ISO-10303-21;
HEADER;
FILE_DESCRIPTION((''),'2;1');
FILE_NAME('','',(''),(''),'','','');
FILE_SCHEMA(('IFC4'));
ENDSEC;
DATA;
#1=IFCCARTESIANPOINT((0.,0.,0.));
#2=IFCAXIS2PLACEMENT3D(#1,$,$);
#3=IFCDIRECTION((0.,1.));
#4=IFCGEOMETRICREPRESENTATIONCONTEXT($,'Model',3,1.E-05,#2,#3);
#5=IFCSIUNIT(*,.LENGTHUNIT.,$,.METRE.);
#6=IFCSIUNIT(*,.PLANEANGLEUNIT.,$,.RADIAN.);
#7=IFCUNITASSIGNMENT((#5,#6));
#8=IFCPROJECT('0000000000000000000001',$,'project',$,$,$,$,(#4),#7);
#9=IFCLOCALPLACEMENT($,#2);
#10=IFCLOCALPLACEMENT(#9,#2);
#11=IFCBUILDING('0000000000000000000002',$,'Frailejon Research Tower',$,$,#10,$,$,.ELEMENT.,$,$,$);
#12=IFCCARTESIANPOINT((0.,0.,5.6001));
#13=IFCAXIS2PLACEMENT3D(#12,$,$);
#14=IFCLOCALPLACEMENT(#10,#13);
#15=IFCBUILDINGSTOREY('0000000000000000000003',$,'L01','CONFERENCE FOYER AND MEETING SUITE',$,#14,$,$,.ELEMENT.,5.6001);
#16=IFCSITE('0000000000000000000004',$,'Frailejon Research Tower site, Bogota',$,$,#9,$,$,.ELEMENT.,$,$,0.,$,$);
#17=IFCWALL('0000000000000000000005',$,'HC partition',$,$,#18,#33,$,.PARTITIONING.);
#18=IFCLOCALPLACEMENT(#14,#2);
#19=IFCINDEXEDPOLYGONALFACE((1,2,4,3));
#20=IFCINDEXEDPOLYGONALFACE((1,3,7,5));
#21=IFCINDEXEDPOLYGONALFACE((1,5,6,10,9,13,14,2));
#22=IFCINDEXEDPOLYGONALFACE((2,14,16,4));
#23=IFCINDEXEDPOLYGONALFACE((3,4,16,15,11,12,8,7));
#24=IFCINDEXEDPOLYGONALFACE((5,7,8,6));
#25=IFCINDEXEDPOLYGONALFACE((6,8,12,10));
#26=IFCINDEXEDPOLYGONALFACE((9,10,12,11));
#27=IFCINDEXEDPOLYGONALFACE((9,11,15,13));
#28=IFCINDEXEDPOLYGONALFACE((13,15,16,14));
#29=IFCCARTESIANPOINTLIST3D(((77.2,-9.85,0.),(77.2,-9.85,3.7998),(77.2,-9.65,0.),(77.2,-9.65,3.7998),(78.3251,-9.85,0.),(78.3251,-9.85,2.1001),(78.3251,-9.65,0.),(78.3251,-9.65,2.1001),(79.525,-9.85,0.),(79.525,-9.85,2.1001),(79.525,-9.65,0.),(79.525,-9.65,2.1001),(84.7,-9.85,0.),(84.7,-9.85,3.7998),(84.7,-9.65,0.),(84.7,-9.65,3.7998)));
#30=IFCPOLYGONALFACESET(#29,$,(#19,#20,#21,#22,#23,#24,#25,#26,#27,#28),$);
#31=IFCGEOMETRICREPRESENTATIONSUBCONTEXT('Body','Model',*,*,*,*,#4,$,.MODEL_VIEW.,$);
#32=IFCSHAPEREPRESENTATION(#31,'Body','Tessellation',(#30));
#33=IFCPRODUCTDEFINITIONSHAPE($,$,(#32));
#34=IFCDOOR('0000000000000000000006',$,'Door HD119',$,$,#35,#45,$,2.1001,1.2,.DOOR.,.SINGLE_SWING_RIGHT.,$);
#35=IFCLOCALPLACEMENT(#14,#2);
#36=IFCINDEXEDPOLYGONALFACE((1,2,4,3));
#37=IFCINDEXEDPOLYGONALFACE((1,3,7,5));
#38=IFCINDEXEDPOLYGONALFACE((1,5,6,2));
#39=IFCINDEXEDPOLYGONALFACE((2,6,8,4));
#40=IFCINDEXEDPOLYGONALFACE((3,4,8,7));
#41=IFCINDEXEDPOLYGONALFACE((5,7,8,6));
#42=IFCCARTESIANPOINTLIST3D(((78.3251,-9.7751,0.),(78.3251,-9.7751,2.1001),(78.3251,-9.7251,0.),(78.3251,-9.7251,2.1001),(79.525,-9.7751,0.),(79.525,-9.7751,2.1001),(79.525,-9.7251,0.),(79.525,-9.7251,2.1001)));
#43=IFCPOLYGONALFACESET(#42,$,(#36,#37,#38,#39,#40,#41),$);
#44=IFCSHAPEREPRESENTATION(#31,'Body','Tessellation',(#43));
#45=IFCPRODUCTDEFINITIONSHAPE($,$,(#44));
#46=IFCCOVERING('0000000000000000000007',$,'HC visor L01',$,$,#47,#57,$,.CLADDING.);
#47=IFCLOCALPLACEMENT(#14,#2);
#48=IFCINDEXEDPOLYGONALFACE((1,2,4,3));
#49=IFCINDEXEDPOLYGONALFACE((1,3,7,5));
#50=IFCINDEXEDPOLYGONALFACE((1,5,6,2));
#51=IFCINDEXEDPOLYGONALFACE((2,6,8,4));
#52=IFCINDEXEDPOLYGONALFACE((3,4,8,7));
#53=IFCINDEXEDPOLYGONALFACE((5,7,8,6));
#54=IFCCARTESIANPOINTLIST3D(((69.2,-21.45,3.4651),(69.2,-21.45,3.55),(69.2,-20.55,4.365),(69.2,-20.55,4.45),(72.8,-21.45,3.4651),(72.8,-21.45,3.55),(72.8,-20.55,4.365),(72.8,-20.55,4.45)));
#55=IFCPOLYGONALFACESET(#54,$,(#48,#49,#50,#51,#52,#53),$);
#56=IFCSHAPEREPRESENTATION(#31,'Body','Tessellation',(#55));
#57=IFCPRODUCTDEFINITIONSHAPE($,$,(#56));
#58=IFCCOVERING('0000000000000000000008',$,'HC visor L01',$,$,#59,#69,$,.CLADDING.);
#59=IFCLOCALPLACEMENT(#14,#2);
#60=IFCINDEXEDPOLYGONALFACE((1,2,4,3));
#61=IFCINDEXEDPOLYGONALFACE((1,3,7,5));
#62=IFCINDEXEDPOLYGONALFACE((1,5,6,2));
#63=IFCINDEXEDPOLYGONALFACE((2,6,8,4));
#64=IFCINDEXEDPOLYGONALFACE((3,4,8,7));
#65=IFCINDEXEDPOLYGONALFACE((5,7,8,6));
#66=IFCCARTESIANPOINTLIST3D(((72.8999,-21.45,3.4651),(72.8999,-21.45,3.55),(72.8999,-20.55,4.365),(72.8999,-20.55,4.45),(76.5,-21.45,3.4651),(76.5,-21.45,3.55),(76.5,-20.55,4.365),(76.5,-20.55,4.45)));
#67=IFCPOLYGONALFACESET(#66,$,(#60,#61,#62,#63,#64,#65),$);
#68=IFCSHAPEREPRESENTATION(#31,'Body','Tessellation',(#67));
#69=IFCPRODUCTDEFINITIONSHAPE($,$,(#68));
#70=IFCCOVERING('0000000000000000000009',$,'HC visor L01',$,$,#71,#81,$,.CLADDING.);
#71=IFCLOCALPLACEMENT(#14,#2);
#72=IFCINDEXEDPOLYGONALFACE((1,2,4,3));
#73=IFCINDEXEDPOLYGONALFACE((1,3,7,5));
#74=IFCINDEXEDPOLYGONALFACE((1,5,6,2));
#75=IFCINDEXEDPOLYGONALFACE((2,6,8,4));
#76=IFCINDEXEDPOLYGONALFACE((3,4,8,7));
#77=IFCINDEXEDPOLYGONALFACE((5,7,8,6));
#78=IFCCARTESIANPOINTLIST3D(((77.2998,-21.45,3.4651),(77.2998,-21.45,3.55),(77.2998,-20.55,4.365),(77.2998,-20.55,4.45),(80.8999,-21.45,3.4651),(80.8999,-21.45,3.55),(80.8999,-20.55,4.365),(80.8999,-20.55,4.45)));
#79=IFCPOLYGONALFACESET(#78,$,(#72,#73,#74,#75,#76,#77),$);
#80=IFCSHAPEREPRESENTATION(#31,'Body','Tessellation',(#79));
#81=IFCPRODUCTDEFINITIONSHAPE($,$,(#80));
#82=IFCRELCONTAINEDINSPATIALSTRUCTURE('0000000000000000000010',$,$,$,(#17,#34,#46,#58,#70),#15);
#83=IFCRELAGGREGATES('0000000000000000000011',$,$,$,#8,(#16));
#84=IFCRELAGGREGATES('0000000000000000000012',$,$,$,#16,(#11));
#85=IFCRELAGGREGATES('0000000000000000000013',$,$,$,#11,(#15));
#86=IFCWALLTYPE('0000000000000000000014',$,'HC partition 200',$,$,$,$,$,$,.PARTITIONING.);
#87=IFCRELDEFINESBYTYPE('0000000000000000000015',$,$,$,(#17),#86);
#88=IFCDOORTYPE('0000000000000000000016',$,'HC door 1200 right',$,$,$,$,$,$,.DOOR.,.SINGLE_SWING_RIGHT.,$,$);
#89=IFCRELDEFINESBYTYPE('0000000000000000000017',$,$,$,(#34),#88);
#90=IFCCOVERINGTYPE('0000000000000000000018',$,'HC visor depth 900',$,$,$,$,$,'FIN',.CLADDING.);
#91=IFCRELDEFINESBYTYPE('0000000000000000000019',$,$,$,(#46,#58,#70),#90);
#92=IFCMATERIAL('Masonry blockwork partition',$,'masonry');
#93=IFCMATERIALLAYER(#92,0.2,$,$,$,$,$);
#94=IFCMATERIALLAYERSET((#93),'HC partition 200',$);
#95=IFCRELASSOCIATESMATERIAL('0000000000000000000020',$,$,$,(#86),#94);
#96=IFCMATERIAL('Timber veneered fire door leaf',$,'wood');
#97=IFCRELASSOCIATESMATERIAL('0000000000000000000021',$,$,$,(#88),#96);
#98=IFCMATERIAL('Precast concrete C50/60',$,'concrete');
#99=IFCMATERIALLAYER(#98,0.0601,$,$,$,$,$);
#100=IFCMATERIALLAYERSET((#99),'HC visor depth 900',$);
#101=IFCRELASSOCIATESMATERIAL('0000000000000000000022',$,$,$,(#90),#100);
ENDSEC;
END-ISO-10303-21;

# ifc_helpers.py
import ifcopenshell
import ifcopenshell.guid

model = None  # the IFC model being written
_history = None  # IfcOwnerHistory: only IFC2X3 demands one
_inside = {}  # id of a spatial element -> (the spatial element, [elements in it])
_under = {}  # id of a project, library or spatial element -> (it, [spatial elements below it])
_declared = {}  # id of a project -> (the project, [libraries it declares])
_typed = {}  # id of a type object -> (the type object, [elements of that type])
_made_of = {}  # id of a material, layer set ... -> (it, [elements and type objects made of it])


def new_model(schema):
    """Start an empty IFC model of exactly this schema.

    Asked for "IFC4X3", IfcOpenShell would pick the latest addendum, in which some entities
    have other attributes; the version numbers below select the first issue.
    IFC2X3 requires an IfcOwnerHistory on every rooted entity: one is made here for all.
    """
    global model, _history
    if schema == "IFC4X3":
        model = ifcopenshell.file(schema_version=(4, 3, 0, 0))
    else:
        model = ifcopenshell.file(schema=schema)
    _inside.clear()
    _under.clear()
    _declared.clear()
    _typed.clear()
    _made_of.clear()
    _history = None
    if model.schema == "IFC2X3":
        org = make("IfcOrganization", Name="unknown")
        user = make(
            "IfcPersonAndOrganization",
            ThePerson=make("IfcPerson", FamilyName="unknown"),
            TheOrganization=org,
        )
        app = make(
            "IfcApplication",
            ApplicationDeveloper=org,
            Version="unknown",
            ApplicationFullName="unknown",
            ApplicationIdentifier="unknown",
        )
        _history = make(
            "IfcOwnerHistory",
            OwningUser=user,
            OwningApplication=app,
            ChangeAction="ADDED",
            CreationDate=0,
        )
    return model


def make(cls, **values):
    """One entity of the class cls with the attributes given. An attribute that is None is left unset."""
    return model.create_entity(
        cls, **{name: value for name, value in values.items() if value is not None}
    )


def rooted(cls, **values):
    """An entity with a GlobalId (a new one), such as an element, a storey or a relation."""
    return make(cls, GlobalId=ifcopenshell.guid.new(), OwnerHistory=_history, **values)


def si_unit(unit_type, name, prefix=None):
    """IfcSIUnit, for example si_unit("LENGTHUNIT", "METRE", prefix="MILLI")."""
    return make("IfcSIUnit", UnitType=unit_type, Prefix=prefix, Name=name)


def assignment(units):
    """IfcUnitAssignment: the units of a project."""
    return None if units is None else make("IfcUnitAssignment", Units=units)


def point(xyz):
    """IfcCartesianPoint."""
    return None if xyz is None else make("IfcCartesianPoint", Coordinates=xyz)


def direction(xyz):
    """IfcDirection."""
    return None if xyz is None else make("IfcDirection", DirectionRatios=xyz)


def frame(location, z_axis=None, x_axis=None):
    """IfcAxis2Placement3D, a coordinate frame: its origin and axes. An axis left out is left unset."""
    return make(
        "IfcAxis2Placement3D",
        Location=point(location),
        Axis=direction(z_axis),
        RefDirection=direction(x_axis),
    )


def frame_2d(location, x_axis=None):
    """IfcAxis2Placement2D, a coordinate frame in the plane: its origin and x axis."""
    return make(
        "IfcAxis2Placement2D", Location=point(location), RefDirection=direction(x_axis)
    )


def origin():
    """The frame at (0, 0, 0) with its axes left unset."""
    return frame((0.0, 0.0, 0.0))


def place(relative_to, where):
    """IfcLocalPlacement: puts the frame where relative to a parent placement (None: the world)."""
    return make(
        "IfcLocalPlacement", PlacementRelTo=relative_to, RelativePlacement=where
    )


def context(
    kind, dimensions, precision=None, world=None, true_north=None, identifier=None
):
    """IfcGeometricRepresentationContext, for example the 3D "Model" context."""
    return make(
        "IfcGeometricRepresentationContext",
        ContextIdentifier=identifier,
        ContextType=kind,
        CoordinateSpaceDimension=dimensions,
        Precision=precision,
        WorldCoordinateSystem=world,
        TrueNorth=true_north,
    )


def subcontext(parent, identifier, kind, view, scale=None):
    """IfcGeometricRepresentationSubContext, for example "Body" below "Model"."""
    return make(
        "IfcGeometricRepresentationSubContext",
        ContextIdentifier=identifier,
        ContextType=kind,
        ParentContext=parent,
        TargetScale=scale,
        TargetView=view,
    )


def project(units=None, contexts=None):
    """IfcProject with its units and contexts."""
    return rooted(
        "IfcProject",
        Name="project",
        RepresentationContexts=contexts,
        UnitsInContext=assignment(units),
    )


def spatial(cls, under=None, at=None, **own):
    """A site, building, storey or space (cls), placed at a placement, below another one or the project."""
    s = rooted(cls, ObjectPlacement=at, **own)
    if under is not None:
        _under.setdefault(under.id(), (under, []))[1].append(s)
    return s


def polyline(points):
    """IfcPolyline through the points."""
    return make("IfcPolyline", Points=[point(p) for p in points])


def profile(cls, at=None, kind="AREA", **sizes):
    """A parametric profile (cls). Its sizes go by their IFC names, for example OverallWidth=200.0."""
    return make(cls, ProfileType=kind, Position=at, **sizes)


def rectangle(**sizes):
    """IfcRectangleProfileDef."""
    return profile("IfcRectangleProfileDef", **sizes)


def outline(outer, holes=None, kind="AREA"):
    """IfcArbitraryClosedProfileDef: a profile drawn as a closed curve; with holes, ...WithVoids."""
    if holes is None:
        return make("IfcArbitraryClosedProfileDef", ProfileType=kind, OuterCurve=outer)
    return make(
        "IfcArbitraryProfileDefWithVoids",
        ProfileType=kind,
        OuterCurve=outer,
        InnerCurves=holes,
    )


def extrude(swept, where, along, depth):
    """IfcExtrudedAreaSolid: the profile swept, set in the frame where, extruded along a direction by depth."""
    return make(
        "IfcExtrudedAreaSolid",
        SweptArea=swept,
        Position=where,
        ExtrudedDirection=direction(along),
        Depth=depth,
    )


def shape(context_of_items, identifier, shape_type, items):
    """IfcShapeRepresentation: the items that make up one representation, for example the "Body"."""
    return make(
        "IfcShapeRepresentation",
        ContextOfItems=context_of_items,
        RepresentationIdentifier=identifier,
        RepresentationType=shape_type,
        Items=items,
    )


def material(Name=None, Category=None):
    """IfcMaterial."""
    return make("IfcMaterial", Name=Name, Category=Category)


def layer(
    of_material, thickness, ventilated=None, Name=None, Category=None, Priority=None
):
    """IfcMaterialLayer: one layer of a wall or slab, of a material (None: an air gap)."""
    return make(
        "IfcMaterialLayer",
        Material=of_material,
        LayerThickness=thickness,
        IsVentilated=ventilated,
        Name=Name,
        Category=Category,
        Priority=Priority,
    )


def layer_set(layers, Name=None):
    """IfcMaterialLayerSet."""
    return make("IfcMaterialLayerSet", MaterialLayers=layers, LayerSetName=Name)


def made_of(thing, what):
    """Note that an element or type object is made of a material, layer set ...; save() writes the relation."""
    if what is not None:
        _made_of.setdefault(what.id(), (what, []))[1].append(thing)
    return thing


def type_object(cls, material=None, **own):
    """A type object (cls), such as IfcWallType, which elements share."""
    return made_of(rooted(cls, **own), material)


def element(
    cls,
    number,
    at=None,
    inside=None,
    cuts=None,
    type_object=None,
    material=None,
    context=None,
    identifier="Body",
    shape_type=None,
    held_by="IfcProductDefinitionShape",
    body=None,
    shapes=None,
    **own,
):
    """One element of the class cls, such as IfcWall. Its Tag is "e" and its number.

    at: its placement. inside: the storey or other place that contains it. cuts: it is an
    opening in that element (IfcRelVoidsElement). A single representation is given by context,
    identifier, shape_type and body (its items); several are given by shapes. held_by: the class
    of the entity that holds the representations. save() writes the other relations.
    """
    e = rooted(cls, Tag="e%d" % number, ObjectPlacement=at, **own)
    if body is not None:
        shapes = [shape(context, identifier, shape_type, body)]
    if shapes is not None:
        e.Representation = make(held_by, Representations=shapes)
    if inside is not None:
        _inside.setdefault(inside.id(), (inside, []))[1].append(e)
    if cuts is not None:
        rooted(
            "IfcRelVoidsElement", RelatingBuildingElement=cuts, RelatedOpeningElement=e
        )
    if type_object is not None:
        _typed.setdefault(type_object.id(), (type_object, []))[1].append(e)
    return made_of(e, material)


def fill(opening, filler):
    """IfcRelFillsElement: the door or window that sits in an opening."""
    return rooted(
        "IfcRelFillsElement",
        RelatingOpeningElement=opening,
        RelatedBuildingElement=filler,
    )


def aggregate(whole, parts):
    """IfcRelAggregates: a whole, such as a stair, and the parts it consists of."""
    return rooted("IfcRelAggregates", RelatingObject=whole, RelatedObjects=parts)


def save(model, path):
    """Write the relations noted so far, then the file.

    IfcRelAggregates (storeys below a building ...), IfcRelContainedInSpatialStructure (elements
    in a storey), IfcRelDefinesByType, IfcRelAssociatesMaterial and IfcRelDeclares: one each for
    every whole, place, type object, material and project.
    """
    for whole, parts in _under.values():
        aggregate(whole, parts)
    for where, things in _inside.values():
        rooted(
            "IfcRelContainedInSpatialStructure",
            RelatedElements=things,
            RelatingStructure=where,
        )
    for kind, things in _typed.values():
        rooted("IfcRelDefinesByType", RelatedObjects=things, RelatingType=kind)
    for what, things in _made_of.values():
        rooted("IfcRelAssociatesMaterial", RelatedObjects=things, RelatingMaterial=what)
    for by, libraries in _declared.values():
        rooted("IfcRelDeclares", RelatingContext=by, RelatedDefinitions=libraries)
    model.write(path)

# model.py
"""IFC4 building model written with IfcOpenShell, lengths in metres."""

from ifc_helpers import new_model, si_unit, direction, frame, frame_2d, origin, place, context, subcontext, project, spatial, polyline, rectangle, outline, extrude, material, layer, layer_set, type_object, element, fill, save


model = new_model("IFC4")

# Units and contexts
model_context = context("Model", 3, precision=1e-05, world=origin(), true_north=direction((0.0, 1.0)))
body_context = subcontext(model_context, "Body", "Model", "MODEL_VIEW")
ifc_project = project(units=[si_unit("LENGTHUNIT", "METRE"), si_unit("PLANEANGLEUNIT", "RADIAN")], contexts=[model_context])

# Site, building, storey
site_placement = place(None, origin())
site = spatial("IfcSite", under=ifc_project, at=site_placement, Name="Frailejon Research Tower site, Bogota", CompositionType="ELEMENT", RefElevation=0.0)
building_placement = place(site_placement, origin())
building = spatial("IfcBuilding", under=site, at=building_placement, Name="Frailejon Research Tower", CompositionType="ELEMENT")
storey_placement = place(building_placement, frame((0.0, 0.0, 5.6001)))
storey = spatial("IfcBuildingStorey", under=building, at=storey_placement, Name="L01", Description="CONFERENCE FOYER AND MEETING SUITE", CompositionType="ELEMENT", Elevation=5.6001)

# Shared definitions
ifc_material_1 = material(Name="Masonry blockwork partition", Category="masonry")
ifc_layer_1 = layer(ifc_material_1, 0.2)
ifc_layer_set_1 = layer_set([ifc_layer_1], Name="HC partition 200")
wall_type_1 = type_object("IfcWallType", Name="HC partition 200", PredefinedType="PARTITIONING", material=ifc_layer_set_1)

# Wall, opening, door
wall_1_placement = place(storey_placement, frame((77.2, -9.75, 0.0), z_axis=(0.0, 0.0, 1.0), x_axis=(1.0, 0.0, 0.0)))
wall_1 = element("IfcWall", 1, at=wall_1_placement, inside=storey, type_object=wall_type_1, Name="HC partition", PredefinedType="PARTITIONING", context=body_context, shape_type="SweptSolid", body=[
    extrude(rectangle(XDim=7.5, YDim=0.2, at=frame_2d((3.75, 0.0))), origin(), (0.0, 0.0, 1.0), 3.7998),
])
opening_1_placement = place(wall_1_placement, frame((1.125, 0.0, 0.0)))
opening_1 = element("IfcOpeningElement", 2, at=opening_1_placement, cuts=wall_1, PredefinedType="OPENING", context=body_context, shape_type="SweptSolid", body=[
    extrude(rectangle(XDim=1.2, YDim=2.1001, at=frame_2d((0.6001, 1.05))), frame((0.0, 0.1099, 0.0), z_axis=(0.0, -1.0, 0.0), x_axis=(1.0, 0.0, 0.0)), (0.0, 0.0, 1.0), 0.22),
])
ifc_material_2 = material(Name="Timber veneered fire door leaf", Category="wood")
door_type_1 = type_object("IfcDoorType", Name="HC door 1200 right", OperationType="SINGLE_SWING_RIGHT", PredefinedType="DOOR", material=ifc_material_2)
door_1_placement = place(opening_1_placement, origin())
door_1 = element("IfcDoor", 3, at=door_1_placement, inside=storey, type_object=door_type_1, Name="Door HD119", OperationType="SINGLE_SWING_RIGHT", OverallHeight=2.1001, OverallWidth=1.2, PredefinedType="DOOR", context=body_context, shape_type="SweptSolid", body=[
    extrude(rectangle(XDim=1.2, YDim=2.1001, at=frame_2d((0.6001, 1.05))), frame((0.0, 0.0249, 0.0), z_axis=(0.0, -1.0, 0.0), x_axis=(1.0, 0.0, 0.0)), (0.0, 0.0, 1.0), 0.05),
])
fill(opening_1, door_1)

# Coverings
ifc_material_3 = material(Name="Precast concrete C50/60", Category="concrete")
ifc_layer_2 = layer(ifc_material_3, 0.0601)
ifc_layer_set_2 = layer_set([ifc_layer_2], Name="HC visor depth 900")
covering_type = type_object("IfcCoveringType", Name="HC visor depth 900", ElementType="FIN", PredefinedType="CLADDING", material=ifc_layer_set_2)
for number, where, z_axis, x_axis, name in (
    (4, (72.8, -20.55, 4.45), (-1.0, 0.0, 0.0), (0.0, -1.0, 0.0), "HC visor L01"),
    (5, (76.5, -20.55, 4.45), (-1.0, 0.0, 0.0), (0.0, -1.0, 0.0), "HC visor L01"),
    (6, (80.8999, -20.55, 4.45), (-1.0, 0.0, 0.0), (0.0, -1.0, 0.0), "HC visor L01"),
):
    element("IfcCovering", number, at=place(storey_placement, frame(where, z_axis=z_axis, x_axis=x_axis)), inside=storey, type_object=covering_type, Name=name, PredefinedType="CLADDING", context=body_context, shape_type="SweptSolid", body=[
        extrude(outline(polyline([(0.0, -0.085), (0.8999, -0.9849), (0.8999, -0.8999), (0.0, 0.0), (0.0, -0.085)])), origin(), (0.0, 0.0, 1.0), 3.6001),
    ])

save(model, "model.ifc")
